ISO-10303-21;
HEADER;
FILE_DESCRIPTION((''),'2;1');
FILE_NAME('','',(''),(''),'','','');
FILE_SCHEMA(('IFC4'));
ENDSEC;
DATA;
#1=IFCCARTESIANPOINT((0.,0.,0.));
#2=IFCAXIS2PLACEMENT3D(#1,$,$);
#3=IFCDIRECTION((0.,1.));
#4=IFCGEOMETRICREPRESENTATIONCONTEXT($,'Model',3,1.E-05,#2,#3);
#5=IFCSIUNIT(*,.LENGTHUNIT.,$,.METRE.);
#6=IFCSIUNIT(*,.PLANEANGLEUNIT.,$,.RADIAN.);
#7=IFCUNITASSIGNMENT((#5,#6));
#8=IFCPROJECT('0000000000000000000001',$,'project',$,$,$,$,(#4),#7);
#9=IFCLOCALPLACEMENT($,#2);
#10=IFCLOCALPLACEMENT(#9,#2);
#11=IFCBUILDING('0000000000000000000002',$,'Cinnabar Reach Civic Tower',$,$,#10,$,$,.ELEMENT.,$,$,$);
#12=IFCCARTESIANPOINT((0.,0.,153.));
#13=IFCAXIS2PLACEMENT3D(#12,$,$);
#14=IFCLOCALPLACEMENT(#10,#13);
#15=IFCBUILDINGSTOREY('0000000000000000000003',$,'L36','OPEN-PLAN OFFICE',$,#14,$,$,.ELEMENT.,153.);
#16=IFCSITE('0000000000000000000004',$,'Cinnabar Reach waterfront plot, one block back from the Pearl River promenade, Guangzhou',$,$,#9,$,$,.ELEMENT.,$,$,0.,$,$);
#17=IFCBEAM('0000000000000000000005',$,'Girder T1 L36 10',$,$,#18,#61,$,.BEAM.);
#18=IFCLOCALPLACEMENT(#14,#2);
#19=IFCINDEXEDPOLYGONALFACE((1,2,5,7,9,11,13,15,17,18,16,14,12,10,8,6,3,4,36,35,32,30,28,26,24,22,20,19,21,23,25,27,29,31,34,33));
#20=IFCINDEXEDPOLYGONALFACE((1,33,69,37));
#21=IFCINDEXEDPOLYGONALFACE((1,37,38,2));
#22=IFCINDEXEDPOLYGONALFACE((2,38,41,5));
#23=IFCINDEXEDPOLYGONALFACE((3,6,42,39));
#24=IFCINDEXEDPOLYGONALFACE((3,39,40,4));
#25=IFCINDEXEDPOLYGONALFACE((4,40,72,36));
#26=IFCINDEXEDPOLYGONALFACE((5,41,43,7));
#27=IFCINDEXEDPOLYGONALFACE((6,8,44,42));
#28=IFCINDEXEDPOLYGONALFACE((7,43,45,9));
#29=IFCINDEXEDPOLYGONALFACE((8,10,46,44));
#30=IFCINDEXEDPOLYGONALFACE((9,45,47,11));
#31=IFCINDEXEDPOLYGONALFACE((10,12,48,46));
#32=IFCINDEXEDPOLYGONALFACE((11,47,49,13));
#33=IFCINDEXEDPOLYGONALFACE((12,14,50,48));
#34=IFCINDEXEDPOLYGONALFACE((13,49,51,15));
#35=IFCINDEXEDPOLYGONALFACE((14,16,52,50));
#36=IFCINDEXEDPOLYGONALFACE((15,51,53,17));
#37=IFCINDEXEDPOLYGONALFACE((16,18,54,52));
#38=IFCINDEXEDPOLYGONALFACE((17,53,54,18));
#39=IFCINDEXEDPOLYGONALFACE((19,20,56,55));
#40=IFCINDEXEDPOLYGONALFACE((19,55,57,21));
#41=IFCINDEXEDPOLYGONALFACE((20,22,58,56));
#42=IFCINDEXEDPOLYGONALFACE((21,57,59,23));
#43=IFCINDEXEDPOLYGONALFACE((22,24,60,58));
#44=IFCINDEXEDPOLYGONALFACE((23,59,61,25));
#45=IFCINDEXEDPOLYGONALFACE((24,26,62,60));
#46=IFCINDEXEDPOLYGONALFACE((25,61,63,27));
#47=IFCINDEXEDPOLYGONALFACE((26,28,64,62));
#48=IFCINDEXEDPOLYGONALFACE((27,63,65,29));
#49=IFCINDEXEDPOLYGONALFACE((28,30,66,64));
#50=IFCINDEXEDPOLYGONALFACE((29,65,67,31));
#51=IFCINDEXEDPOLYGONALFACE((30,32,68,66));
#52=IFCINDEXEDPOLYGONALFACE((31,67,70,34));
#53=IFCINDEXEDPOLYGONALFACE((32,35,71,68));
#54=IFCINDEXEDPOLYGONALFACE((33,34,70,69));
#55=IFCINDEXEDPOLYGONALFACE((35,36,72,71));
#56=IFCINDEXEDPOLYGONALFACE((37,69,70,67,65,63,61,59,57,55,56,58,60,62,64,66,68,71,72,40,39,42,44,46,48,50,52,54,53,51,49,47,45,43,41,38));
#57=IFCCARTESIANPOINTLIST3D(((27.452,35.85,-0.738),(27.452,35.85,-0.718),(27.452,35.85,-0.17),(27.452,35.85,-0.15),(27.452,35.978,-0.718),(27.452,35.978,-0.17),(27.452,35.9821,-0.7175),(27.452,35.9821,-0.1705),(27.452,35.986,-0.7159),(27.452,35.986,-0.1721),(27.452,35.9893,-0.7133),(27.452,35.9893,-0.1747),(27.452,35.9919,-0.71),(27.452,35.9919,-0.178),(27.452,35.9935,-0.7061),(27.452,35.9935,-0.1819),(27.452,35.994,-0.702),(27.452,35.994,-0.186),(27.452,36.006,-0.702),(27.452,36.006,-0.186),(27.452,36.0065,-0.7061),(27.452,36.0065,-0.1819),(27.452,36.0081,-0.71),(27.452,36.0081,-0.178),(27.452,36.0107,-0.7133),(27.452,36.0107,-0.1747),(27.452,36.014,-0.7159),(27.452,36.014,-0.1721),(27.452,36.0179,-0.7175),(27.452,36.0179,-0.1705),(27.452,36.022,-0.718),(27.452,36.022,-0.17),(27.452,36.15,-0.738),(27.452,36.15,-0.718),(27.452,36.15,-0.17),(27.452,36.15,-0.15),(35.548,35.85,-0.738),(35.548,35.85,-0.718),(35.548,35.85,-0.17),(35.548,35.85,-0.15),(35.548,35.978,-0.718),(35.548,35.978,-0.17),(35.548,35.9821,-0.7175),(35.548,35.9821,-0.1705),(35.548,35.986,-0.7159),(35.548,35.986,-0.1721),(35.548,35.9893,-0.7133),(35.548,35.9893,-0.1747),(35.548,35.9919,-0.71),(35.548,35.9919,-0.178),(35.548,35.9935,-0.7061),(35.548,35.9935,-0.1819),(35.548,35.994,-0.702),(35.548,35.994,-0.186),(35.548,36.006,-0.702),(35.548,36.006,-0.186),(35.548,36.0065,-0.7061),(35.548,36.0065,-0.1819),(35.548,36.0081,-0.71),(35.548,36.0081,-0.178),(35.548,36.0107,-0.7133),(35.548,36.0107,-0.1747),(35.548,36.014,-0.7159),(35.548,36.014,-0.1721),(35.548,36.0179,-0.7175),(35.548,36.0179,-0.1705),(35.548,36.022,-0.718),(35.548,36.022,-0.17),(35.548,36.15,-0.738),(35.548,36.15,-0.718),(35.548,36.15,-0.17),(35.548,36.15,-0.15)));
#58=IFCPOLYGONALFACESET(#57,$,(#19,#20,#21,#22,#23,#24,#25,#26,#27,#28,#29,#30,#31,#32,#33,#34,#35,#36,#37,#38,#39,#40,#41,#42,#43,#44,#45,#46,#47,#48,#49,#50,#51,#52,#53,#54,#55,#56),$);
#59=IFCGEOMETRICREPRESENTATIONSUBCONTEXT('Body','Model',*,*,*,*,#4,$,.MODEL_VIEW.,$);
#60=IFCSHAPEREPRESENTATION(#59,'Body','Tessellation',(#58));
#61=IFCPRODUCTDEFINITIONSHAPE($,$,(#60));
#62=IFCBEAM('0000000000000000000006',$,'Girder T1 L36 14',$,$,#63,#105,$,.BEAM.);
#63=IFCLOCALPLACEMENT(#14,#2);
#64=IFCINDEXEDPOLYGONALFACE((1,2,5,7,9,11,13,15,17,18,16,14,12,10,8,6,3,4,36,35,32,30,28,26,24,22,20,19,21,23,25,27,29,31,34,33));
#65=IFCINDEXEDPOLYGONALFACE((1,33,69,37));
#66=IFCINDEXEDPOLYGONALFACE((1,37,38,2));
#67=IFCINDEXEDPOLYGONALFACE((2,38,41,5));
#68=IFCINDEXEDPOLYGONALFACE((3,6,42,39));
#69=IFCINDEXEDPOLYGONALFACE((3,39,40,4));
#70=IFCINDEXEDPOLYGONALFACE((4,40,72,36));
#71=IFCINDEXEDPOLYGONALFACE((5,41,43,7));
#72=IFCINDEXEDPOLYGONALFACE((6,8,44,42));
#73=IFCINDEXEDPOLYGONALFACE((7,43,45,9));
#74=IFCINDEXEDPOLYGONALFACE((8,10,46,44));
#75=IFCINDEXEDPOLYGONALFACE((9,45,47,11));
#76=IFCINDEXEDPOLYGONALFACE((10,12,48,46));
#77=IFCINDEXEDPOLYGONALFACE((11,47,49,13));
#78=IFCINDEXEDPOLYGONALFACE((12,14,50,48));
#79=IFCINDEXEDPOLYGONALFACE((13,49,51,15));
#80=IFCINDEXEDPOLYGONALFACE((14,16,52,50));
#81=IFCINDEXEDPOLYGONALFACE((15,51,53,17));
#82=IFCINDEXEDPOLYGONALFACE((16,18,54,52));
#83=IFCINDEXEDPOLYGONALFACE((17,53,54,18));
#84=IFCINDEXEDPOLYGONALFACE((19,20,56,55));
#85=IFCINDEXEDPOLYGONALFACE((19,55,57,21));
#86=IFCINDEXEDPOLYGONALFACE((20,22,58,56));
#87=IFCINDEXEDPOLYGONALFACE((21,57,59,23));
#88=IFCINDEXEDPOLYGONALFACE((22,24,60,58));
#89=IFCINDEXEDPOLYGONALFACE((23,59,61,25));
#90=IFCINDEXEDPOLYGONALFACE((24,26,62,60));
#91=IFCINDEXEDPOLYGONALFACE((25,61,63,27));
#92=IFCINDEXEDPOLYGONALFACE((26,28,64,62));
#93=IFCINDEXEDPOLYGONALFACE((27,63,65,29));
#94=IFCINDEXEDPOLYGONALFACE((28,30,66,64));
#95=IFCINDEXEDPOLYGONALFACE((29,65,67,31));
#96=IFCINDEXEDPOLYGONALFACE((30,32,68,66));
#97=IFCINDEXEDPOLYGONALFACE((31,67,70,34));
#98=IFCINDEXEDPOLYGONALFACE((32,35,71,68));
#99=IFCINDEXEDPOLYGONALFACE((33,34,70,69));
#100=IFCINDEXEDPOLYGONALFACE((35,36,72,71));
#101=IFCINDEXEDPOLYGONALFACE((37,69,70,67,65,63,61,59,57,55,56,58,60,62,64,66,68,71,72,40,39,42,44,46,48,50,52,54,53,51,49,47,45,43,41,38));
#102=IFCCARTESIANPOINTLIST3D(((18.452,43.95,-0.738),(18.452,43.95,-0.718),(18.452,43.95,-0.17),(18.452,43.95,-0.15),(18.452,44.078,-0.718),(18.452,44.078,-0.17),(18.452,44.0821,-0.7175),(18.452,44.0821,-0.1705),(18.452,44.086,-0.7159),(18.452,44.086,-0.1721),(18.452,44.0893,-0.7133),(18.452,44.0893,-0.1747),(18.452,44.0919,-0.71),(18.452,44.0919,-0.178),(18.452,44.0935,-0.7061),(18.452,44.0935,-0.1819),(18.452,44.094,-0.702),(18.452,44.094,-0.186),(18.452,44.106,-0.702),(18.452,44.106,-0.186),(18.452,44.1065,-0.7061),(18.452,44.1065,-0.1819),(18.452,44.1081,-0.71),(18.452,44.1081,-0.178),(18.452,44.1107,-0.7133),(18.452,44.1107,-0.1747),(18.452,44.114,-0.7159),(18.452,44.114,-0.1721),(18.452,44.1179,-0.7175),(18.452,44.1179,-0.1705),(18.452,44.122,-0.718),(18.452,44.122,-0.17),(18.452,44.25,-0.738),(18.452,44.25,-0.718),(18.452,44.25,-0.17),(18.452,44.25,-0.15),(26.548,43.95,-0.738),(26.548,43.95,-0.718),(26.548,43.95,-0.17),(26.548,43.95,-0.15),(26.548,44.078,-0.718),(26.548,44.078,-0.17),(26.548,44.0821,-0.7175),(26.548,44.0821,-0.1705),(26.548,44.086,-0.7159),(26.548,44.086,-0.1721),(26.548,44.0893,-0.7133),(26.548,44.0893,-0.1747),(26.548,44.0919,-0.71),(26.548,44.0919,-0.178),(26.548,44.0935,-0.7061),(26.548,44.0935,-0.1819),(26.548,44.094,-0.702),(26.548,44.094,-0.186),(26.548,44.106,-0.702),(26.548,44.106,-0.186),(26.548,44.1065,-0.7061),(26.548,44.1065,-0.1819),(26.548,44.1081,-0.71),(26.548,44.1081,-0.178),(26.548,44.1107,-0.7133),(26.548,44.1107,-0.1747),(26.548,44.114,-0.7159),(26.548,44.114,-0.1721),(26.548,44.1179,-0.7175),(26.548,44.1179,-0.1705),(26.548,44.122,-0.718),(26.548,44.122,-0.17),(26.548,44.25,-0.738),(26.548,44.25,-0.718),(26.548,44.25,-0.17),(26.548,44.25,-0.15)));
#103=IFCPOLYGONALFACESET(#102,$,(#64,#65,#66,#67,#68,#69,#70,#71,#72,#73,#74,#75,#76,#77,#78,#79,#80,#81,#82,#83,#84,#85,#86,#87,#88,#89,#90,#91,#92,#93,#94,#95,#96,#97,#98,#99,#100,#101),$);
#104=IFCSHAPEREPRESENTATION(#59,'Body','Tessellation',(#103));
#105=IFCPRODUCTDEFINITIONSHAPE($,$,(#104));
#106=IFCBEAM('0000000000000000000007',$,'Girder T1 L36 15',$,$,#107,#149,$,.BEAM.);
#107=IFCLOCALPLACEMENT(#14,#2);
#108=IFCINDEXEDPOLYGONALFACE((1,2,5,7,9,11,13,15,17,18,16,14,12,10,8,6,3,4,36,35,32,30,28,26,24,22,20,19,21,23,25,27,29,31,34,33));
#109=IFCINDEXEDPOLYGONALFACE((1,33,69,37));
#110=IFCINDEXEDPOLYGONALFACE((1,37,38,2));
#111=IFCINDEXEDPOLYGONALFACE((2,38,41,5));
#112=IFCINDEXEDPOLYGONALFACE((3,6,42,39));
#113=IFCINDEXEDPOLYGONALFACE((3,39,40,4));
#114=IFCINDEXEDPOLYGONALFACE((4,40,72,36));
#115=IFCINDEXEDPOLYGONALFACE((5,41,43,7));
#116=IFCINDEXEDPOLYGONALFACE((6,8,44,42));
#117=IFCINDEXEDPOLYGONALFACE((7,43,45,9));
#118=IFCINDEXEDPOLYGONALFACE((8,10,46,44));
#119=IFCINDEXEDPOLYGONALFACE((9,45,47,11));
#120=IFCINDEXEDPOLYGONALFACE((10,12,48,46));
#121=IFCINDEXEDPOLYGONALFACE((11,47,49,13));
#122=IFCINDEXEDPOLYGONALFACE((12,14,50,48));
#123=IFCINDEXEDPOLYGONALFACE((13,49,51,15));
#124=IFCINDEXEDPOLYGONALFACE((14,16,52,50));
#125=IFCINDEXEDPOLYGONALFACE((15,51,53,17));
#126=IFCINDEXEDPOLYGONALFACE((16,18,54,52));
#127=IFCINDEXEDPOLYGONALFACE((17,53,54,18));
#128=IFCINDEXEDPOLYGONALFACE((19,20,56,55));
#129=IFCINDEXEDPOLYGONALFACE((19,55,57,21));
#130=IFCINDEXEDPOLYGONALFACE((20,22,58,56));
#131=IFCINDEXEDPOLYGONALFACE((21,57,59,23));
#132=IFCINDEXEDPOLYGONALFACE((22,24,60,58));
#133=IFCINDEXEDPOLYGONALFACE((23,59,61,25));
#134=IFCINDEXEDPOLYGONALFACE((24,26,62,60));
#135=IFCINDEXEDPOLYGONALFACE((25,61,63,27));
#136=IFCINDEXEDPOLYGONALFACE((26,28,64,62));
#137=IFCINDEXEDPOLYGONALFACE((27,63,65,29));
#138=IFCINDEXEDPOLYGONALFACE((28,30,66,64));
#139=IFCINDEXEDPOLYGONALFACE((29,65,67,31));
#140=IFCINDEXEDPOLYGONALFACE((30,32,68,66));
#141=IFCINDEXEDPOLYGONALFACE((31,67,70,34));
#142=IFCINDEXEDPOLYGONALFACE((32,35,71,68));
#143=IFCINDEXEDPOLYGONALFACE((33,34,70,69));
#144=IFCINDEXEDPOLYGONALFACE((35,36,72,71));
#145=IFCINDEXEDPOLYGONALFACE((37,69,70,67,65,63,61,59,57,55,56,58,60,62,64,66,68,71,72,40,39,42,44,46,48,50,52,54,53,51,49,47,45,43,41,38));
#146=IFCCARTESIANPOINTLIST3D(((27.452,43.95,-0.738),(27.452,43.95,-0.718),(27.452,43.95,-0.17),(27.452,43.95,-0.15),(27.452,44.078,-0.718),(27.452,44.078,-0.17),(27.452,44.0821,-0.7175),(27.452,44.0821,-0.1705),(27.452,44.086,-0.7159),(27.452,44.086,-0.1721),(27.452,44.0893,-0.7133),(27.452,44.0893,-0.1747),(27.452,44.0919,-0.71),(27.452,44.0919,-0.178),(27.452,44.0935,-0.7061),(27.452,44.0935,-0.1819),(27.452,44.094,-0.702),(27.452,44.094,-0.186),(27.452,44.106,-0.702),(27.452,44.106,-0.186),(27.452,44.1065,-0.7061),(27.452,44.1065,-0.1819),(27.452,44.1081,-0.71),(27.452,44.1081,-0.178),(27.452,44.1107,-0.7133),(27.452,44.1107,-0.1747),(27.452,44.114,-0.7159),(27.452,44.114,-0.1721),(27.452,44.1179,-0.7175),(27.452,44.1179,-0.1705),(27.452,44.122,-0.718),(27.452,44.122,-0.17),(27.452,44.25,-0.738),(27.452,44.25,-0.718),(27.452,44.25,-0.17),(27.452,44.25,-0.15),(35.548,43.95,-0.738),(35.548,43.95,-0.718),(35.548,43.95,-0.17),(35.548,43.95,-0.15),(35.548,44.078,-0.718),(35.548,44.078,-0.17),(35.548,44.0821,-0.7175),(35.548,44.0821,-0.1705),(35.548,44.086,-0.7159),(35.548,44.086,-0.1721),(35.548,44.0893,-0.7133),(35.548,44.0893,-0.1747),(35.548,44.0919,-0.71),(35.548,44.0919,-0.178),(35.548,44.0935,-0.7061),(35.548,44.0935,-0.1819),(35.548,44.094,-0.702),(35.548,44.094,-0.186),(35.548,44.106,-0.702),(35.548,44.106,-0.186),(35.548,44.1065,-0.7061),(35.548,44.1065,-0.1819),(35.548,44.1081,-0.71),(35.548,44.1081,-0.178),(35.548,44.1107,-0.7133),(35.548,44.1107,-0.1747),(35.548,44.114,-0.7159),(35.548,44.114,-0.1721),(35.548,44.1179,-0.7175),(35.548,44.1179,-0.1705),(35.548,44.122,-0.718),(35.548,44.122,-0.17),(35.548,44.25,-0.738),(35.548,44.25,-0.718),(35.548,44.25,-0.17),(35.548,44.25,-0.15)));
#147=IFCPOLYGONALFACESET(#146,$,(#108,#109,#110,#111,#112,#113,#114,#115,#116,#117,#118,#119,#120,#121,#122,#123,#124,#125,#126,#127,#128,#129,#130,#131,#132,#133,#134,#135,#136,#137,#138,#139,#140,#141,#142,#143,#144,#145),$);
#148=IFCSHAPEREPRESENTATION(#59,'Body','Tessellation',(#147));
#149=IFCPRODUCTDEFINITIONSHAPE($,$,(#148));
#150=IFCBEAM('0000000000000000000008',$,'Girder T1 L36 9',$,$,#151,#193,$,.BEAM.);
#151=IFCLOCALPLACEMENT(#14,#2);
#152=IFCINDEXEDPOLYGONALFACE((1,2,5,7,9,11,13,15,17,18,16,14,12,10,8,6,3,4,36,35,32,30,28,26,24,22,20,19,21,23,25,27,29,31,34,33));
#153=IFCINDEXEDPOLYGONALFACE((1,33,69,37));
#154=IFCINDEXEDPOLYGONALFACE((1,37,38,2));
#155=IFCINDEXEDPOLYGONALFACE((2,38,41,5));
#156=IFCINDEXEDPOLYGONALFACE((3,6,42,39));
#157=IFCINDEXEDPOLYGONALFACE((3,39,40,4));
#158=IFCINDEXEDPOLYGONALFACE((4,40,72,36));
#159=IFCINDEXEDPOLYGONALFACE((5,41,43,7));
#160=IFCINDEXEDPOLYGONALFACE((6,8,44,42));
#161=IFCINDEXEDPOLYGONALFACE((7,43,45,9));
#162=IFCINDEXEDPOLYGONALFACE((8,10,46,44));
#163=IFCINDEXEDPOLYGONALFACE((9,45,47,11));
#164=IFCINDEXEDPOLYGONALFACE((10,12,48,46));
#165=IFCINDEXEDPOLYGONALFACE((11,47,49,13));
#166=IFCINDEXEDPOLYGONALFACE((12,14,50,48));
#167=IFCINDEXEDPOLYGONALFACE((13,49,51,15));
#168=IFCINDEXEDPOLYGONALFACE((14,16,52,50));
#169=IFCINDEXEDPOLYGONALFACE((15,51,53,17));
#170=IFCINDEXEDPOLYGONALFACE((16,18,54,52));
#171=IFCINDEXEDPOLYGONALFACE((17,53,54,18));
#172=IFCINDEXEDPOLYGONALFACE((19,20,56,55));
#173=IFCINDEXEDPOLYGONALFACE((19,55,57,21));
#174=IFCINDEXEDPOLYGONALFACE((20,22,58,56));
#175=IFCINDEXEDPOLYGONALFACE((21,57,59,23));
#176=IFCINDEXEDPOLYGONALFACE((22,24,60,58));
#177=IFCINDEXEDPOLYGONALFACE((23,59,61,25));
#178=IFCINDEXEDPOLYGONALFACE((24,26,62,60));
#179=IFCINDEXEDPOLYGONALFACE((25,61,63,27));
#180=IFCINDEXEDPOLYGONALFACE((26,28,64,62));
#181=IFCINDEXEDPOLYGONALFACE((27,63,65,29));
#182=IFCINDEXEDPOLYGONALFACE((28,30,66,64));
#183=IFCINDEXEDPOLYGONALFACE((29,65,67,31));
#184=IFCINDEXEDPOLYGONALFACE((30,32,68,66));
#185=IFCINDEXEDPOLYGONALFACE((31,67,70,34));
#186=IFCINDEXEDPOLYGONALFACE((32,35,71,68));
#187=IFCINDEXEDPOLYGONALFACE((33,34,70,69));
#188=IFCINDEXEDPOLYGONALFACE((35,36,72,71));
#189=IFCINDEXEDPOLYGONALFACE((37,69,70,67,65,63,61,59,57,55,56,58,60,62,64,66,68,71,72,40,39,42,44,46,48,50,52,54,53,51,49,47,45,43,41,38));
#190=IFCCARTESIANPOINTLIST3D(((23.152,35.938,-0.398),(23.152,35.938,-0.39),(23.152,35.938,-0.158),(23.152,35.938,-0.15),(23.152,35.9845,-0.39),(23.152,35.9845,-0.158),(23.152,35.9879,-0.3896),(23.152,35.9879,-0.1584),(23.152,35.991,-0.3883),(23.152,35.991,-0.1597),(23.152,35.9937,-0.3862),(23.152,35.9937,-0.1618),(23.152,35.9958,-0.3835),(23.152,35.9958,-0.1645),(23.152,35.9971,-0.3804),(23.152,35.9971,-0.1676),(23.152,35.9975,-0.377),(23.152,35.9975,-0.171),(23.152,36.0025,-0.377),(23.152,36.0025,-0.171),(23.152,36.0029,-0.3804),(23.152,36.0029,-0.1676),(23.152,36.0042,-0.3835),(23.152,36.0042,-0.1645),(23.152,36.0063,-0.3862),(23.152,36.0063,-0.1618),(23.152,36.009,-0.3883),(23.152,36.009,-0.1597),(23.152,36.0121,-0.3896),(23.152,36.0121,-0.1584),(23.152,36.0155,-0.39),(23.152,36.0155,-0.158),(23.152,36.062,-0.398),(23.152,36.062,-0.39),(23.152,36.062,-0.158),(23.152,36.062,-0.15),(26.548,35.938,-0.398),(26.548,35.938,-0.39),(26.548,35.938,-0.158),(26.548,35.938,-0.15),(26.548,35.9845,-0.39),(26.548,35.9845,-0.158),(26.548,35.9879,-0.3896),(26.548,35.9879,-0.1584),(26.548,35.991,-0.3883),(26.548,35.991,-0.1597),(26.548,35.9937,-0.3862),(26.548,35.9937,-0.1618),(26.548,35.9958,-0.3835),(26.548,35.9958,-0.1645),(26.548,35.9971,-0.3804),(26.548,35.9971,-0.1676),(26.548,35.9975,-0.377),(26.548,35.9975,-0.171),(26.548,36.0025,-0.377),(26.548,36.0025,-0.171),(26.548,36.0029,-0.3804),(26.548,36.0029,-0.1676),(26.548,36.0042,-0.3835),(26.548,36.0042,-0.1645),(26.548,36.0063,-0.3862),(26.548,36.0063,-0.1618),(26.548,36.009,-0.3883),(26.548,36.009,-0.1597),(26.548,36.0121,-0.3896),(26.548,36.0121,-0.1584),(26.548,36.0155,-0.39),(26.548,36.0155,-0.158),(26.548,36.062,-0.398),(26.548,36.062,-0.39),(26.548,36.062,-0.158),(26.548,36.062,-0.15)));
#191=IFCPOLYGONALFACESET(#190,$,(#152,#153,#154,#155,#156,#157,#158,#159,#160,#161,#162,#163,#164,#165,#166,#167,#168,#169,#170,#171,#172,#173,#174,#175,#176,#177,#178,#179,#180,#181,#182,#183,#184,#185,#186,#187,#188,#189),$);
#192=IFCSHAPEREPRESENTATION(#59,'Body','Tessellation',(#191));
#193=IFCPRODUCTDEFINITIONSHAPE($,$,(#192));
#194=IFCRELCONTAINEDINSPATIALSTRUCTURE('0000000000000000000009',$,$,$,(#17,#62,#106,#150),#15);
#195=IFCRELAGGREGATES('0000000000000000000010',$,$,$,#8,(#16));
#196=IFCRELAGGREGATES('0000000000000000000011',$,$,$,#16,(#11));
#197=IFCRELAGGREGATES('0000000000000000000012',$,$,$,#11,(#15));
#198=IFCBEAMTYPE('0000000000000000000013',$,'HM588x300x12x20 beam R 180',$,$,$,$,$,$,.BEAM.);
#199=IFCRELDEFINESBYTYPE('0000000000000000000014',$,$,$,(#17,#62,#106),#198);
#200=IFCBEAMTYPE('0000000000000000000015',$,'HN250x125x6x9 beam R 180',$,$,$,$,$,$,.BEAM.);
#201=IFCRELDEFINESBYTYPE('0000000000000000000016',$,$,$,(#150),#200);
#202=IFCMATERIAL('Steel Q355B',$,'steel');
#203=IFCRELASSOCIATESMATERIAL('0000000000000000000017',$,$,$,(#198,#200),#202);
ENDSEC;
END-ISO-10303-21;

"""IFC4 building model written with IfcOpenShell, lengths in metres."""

from ifc_helpers import new_model, si_unit, direction, frame, origin, origin_2d, place, context, subcontext, project, spatial, i_section, extrude, material, material_profile, profile_set, type_object, element, save


model = new_model("IFC4")

# Units and contexts
model_context = context("Model", 3, precision=1e-05, world=origin(), true_north=direction((0.0, 1.0)))
body_context = subcontext(model_context, "Body", "Model", "MODEL_VIEW")
ifc_project = project(units=[si_unit("LENGTHUNIT", "METRE"), si_unit("PLANEANGLEUNIT", "RADIAN")], contexts=[model_context])

# Site, building, storey
site_placement = place(None, origin())
site = spatial("IfcSite", under=ifc_project, at=site_placement, Name="Cinnabar Reach waterfront plot, one block back from the Pearl River promenade, Guangzhou", CompositionType="ELEMENT", RefElevation=0.0)
building_placement = place(site_placement, origin())
building = spatial("IfcBuilding", under=site, at=building_placement, Name="Cinnabar Reach Civic Tower", CompositionType="ELEMENT")
storey_placement = place(building_placement, frame((0.0, 0.0, 153.0)))
storey = spatial("IfcBuildingStorey", under=building, at=storey_placement, Name="L36", Description="OPEN-PLAN OFFICE", CompositionType="ELEMENT", Elevation=153.0)

# Beams
ifc_material_1 = material(Name="Steel Q355B", Category="steel")
ifc_material_profile_1 = material_profile(ifc_material_1, i_section(OverallWidth=0.3, OverallDepth=0.588, WebThickness=0.012, FlangeThickness=0.02, FilletRadius=0.016, at=origin_2d()), Name="HM588x300x12x20")
ifc_profile_set_1 = profile_set([ifc_material_profile_1], Name="Steel Q355B")
beam_type_1 = type_object("IfcBeamType", Name="HM588x300x12x20 beam R 180", PredefinedType="BEAM", material=ifc_profile_set_1)
for number, where, z_axis, x_axis, name in (
    (1, (27.452, 36.0, -0.444), (1.0, 0.0, 0.0), (0.0, 1.0, 0.0), "Girder T1 L36 10"),
    (2, (18.452, 44.1, -0.444), (1.0, 0.0, 0.0), (0.0, 1.0, 0.0), "Girder T1 L36 14"),
    (3, (27.452, 44.1, -0.444), (1.0, 0.0, 0.0), (0.0, 1.0, 0.0), "Girder T1 L36 15"),
):
    element("IfcBeam", number, at=place(storey_placement, frame(where, z_axis=z_axis, x_axis=x_axis)), inside=storey, type_object=beam_type_1, Name=name, PredefinedType="BEAM", context=body_context, shape_type="SweptSolid", body=[
        extrude(i_section(OverallWidth=0.3, OverallDepth=0.588, WebThickness=0.012, FlangeThickness=0.02, FilletRadius=0.016, at=origin_2d()), origin(), (0.0, 0.0, 1.0), 8.096),
    ])
ifc_material_profile_2 = material_profile(ifc_material_1, i_section(OverallWidth=0.124, OverallDepth=0.248, WebThickness=0.005, FlangeThickness=0.008, FilletRadius=0.013, at=origin_2d()), Name="HN250x125x6x9")
ifc_profile_set_2 = profile_set([ifc_material_profile_2], Name="Steel Q355B")
beam_type_2 = type_object("IfcBeamType", Name="HN250x125x6x9 beam R 180", PredefinedType="BEAM", material=ifc_profile_set_2)
beam_1_placement = place(storey_placement, frame((23.152, 36.0, -0.274), z_axis=(1.0, 0.0, 0.0), x_axis=(0.0, 1.0, 0.0)))
element("IfcBeam", 4, at=beam_1_placement, inside=storey, type_object=beam_type_2, Name="Girder T1 L36 9", PredefinedType="BEAM", context=body_context, shape_type="SweptSolid", body=[
    extrude(i_section(OverallWidth=0.124, OverallDepth=0.248, WebThickness=0.005, FlangeThickness=0.008, FilletRadius=0.013, at=origin_2d()), origin(), (0.0, 0.0, 1.0), 3.396),
])

save(model, "model.ifc")
